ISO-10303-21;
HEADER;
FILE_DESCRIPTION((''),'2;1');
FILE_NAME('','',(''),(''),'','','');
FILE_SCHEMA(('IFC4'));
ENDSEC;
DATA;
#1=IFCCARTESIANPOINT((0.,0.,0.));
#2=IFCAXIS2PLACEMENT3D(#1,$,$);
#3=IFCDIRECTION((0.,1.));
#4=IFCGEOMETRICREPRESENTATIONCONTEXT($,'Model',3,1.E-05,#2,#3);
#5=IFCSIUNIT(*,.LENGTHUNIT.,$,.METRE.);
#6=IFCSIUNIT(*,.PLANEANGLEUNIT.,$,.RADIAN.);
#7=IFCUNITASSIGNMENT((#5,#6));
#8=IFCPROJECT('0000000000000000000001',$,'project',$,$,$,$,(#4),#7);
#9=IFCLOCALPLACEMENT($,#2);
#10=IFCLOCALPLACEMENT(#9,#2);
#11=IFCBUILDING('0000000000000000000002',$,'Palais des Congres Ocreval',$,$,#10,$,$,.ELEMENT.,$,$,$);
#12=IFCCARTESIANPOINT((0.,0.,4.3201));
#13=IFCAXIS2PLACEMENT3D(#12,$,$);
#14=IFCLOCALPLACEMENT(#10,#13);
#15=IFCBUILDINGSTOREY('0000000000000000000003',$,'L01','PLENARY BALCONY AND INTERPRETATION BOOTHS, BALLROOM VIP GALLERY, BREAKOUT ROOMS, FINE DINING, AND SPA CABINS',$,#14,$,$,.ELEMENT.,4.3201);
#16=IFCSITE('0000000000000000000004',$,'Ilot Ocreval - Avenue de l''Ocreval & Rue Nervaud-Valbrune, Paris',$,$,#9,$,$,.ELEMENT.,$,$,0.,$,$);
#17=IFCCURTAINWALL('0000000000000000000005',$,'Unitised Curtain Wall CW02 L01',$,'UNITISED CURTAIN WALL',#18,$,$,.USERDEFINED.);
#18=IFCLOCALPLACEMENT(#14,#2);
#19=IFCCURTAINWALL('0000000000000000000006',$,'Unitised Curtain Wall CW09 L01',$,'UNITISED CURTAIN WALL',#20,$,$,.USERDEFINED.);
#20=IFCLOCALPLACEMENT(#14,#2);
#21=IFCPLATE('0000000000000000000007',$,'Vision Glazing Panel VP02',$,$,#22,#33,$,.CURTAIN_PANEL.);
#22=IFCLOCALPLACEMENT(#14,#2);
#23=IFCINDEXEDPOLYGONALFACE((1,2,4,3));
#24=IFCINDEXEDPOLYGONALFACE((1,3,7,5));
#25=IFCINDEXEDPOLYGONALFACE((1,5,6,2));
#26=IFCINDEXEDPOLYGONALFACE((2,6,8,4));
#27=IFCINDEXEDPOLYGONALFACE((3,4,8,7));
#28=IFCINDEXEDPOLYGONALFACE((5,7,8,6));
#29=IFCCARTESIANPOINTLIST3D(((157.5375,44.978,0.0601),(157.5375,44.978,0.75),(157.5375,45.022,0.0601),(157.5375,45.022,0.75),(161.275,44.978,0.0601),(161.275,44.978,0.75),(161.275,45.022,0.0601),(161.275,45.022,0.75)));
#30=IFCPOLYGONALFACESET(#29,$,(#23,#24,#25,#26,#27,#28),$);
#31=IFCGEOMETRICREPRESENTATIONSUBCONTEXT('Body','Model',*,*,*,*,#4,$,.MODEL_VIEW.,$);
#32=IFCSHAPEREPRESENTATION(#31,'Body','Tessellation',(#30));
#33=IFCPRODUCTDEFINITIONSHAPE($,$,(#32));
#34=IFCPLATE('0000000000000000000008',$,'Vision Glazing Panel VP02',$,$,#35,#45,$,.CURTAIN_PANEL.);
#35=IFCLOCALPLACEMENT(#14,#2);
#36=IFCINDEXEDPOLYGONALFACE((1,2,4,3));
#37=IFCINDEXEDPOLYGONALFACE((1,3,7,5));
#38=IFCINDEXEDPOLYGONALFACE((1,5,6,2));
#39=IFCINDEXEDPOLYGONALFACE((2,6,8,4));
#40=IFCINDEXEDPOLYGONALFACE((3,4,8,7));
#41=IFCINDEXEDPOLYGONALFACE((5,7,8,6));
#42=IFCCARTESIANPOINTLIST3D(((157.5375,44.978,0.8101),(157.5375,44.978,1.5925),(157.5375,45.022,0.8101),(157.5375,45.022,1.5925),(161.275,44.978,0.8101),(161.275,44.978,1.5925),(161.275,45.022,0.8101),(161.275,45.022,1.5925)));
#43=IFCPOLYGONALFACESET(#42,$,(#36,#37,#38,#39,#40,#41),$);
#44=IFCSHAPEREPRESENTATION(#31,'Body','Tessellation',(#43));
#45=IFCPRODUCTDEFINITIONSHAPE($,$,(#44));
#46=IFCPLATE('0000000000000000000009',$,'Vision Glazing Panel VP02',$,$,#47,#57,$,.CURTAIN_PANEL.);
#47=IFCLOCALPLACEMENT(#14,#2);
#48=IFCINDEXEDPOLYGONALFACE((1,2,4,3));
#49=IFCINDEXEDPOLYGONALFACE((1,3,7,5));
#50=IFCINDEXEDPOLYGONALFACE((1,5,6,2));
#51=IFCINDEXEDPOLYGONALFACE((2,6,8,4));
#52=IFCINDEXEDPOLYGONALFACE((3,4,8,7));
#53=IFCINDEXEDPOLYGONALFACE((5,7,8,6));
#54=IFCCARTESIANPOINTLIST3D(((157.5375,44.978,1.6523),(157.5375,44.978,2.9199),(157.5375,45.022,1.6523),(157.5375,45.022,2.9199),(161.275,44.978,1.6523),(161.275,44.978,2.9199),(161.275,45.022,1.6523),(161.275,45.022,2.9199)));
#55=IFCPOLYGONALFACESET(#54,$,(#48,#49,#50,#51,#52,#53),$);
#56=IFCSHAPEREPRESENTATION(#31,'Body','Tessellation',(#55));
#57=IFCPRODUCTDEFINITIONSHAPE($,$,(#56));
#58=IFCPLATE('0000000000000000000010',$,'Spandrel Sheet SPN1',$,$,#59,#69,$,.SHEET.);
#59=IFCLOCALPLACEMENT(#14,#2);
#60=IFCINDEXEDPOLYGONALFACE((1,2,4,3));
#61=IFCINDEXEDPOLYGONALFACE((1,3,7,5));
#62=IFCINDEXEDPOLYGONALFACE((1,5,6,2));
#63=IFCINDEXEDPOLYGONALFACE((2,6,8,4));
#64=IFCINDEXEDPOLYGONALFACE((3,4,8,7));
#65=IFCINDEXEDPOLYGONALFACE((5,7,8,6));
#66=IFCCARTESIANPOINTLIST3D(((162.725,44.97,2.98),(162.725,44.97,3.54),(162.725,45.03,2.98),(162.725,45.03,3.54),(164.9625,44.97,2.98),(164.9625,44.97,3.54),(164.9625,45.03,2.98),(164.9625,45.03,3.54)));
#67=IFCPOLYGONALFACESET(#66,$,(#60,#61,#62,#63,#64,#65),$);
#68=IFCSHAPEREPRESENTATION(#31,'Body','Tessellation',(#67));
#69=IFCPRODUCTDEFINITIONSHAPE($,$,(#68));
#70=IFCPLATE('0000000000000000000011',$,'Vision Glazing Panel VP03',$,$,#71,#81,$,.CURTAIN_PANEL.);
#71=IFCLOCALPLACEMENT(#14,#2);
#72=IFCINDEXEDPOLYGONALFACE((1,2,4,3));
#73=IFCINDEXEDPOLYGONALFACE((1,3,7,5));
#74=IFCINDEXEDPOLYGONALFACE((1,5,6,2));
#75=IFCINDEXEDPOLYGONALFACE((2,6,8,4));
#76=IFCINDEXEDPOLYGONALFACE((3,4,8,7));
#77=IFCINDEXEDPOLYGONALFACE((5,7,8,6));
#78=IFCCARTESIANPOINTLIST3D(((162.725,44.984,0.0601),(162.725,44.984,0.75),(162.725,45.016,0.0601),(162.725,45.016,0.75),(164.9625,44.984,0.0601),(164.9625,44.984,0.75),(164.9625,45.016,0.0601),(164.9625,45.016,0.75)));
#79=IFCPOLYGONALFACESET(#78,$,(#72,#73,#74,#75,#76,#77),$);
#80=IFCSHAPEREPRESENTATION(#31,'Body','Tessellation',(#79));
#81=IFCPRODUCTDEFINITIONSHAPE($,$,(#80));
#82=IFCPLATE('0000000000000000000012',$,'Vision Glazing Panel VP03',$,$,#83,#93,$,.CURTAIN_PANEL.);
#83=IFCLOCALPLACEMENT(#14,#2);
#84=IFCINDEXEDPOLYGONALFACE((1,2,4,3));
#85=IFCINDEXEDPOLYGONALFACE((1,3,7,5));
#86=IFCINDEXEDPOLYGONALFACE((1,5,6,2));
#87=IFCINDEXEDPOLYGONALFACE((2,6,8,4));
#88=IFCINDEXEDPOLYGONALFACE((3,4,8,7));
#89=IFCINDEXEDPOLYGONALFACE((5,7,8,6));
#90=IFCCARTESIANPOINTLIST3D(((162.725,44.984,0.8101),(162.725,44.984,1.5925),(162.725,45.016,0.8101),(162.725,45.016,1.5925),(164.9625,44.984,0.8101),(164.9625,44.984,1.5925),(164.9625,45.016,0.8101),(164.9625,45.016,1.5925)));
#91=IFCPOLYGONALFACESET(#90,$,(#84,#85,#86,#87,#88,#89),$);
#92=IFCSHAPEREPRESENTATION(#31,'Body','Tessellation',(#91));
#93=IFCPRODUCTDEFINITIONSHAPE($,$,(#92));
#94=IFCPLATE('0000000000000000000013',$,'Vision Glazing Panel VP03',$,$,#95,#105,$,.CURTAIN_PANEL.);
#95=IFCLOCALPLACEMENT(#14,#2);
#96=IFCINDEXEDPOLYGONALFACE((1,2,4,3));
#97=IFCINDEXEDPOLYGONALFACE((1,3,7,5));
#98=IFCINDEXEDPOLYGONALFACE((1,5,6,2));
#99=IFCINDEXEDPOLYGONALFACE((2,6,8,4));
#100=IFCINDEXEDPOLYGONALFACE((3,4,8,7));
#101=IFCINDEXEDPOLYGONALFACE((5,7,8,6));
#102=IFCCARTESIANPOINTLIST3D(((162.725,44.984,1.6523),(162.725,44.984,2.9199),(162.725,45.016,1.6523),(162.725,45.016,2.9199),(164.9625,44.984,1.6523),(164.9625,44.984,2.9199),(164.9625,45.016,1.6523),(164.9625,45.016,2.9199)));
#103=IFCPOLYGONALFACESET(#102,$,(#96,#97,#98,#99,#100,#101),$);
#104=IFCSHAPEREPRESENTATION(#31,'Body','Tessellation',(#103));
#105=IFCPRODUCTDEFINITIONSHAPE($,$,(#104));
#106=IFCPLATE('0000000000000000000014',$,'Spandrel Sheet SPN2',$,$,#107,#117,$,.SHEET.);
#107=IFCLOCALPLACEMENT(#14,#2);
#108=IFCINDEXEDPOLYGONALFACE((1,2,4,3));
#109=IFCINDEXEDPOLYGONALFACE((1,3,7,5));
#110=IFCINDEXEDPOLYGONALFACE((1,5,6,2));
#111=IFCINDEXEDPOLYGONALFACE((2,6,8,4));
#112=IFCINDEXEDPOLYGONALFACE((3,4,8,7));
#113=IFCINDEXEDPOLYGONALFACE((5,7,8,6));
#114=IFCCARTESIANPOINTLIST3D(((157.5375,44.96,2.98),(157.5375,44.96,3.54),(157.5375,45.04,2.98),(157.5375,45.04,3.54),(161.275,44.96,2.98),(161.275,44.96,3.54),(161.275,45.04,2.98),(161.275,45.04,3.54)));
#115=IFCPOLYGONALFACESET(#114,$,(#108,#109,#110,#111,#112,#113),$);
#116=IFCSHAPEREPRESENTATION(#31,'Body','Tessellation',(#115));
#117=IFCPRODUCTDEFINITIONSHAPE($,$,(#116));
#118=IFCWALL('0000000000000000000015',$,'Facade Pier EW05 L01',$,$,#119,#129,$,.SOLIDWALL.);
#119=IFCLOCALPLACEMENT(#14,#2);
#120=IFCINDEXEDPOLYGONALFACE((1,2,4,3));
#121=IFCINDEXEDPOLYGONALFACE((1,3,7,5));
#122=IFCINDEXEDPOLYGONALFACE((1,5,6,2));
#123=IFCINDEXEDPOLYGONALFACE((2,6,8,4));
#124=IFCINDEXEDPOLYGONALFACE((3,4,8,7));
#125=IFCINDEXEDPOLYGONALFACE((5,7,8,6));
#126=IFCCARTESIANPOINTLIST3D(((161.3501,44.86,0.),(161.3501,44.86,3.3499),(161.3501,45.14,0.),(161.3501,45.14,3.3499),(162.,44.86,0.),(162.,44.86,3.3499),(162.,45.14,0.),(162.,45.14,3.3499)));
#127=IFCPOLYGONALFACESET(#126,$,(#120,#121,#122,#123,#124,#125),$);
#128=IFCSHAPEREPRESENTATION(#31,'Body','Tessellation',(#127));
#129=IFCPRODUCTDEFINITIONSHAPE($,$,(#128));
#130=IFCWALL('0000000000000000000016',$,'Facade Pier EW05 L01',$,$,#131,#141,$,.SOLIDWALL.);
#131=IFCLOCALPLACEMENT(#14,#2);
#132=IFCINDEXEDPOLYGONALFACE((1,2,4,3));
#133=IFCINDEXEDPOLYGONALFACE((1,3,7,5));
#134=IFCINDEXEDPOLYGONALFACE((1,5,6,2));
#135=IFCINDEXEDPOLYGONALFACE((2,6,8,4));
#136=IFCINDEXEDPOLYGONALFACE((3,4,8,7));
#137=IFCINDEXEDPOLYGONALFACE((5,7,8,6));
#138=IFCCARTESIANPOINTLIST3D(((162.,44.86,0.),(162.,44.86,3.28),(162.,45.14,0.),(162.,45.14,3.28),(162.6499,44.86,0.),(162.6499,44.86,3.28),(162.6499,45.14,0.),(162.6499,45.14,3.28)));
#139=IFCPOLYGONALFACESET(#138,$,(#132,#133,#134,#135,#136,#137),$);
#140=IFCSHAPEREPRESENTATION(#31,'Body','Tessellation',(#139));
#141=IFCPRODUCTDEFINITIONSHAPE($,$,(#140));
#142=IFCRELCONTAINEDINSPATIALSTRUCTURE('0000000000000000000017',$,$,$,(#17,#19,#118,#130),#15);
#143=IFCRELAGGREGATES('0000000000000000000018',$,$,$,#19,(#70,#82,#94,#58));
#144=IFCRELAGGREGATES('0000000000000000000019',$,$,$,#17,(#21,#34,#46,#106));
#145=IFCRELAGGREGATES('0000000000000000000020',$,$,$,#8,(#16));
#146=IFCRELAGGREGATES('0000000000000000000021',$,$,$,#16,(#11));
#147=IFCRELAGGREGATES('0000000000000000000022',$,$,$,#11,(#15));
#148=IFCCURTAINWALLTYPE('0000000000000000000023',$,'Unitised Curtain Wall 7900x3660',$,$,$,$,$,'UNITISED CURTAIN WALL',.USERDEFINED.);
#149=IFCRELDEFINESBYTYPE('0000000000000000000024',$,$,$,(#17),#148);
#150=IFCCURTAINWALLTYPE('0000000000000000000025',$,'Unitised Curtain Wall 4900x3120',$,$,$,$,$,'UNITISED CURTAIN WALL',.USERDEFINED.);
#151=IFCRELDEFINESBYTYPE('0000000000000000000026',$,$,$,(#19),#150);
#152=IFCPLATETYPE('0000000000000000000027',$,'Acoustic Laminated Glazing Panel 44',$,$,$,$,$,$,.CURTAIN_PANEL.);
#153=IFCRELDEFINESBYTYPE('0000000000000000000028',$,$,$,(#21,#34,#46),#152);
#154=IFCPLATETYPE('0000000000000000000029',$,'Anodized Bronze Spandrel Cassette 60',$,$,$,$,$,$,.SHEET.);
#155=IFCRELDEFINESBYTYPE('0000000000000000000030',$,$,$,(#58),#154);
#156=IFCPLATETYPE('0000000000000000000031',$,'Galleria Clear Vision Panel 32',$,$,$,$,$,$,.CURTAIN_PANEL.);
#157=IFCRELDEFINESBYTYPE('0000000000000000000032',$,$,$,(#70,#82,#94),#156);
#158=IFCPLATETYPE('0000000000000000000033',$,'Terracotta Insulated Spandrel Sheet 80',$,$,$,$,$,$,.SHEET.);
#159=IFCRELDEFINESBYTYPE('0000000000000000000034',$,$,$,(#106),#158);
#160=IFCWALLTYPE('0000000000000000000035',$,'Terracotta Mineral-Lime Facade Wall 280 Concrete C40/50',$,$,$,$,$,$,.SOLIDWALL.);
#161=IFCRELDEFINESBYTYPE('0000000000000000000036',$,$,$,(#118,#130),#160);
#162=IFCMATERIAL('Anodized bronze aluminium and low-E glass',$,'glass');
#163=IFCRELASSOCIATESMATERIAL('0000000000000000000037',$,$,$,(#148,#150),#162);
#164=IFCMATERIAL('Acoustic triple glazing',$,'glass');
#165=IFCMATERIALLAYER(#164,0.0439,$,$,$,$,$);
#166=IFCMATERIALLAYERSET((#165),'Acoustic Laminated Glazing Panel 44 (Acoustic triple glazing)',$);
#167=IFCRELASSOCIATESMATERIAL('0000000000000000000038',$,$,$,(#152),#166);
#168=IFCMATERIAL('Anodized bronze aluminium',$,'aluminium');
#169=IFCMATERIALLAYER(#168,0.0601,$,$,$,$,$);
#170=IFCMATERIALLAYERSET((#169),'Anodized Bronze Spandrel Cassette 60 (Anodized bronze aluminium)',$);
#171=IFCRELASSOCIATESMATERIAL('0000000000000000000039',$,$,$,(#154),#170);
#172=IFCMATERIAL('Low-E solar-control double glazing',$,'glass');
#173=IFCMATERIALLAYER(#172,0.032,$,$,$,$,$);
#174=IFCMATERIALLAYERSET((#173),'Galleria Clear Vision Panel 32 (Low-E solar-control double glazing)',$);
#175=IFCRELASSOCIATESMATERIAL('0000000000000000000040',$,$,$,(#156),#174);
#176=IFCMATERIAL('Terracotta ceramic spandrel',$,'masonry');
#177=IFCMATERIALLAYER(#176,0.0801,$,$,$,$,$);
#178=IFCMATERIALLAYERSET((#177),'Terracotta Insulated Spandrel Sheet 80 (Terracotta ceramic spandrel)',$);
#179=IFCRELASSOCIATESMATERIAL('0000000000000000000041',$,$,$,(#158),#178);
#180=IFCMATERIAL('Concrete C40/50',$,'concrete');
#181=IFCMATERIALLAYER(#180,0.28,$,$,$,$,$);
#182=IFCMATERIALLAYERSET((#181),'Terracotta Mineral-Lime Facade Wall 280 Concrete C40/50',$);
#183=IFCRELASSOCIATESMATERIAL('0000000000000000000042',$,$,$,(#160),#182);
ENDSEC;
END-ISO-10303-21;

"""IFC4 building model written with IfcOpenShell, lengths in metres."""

from ifc_helpers import new_model, si_unit, direction, frame, frame_2d, origin, origin_2d, place, context, subcontext, project, spatial, rectangle, extrude, material, layer, layer_set, type_object, element, aggregate, save


model = new_model("IFC4")

# Units and contexts
model_context = context("Model", 3, precision=1e-05, world=origin(), true_north=direction((0.0, 1.0)))
body_context = subcontext(model_context, "Body", "Model", "MODEL_VIEW")
ifc_project = project(units=[si_unit("LENGTHUNIT", "METRE"), si_unit("PLANEANGLEUNIT", "RADIAN")], contexts=[model_context])

# Site, building, storey
site_placement = place(None, origin())
site = spatial("IfcSite", under=ifc_project, at=site_placement, Name="Ilot Ocreval - Avenue de l'Ocreval & Rue Nervaud-Valbrune, Paris", CompositionType="ELEMENT", RefElevation=0.0)
building_placement = place(site_placement, origin())
building = spatial("IfcBuilding", under=site, at=building_placement, Name="Palais des Congres Ocreval", CompositionType="ELEMENT")
storey_placement = place(building_placement, frame((0.0, 0.0, 4.3201)))
storey = spatial("IfcBuildingStorey", under=building, at=storey_placement, Name="L01", Description="PLENARY BALCONY AND INTERPRETATION BOOTHS, BALLROOM VIP GALLERY, BREAKOUT ROOMS, FINE DINING, AND SPA CABINS", CompositionType="ELEMENT", Elevation=4.3201)

# Curtain wall
ifc_material_1 = material(Name="Anodized bronze aluminium and low-E glass", Category="glass")
curtain_wall_type_1 = type_object("IfcCurtainWallType", Name="Unitised Curtain Wall 7900x3660", ElementType="UNITISED CURTAIN WALL", PredefinedType="USERDEFINED", material=ifc_material_1)
curtain_wall_1_placement = place(storey_placement, origin())
curtain_wall_1 = element("IfcCurtainWall", 1, at=curtain_wall_1_placement, inside=storey, type_object=curtain_wall_type_1, Name="Unitised Curtain Wall CW02 L01", ObjectType="UNITISED CURTAIN WALL", PredefinedType="USERDEFINED")
ifc_material_2 = material(Name="Anodized bronze aluminium", Category="aluminium")

# Curtain wall
curtain_wall_type_2 = type_object("IfcCurtainWallType", Name="Unitised Curtain Wall 4900x3120", ElementType="UNITISED CURTAIN WALL", PredefinedType="USERDEFINED", material=ifc_material_1)
curtain_wall_2_placement = place(storey_placement, origin())
curtain_wall_2 = element("IfcCurtainWall", 2, at=curtain_wall_2_placement, inside=storey, type_object=curtain_wall_type_2, Name="Unitised Curtain Wall CW09 L01", ObjectType="UNITISED CURTAIN WALL", PredefinedType="USERDEFINED")

# Plates
ifc_material_3 = material(Name="Acoustic triple glazing", Category="glass")
ifc_layer_1 = layer(ifc_material_3, 0.0439)
ifc_layer_set_1 = layer_set([ifc_layer_1], Name="Acoustic Laminated Glazing Panel 44 (Acoustic triple glazing)")
plate_type_1 = type_object("IfcPlateType", Name="Acoustic Laminated Glazing Panel 44", PredefinedType="CURTAIN_PANEL", material=ifc_layer_set_1)
plate_1_placement = place(storey_placement, frame((159.4062, 45.0, 0.0601), z_axis=(0.0, 0.0, 1.0), x_axis=(1.0, 0.0, 0.0)))
plate_1 = element("IfcPlate", 3, at=plate_1_placement, type_object=plate_type_1, Name="Vision Glazing Panel VP02", PredefinedType="CURTAIN_PANEL", context=body_context, shape_type="SweptSolid", body=[
    extrude(rectangle(XDim=3.7375, YDim=0.0439, at=origin_2d()), origin(), (0.0, 0.0, 1.0), 0.6899),
])
plate_2_placement = place(storey_placement, frame((159.4062, 45.0, 0.8101), z_axis=(0.0, 0.0, 1.0), x_axis=(1.0, 0.0, 0.0)))
plate_2 = element("IfcPlate", 4, at=plate_2_placement, type_object=plate_type_1, Name="Vision Glazing Panel VP02", PredefinedType="CURTAIN_PANEL", context=body_context, shape_type="SweptSolid", body=[
    extrude(rectangle(XDim=3.7375, YDim=0.0439, at=origin_2d()), origin(), (0.0, 0.0, 1.0), 0.7825),
])
plate_3_placement = place(storey_placement, frame((159.4062, 45.0, 1.6523), z_axis=(0.0, 0.0, 1.0), x_axis=(1.0, 0.0, 0.0)))
plate_3 = element("IfcPlate", 5, at=plate_3_placement, type_object=plate_type_1, Name="Vision Glazing Panel VP02", PredefinedType="CURTAIN_PANEL", context=body_context, shape_type="SweptSolid", body=[
    extrude(rectangle(XDim=3.7375, YDim=0.0439, at=origin_2d()), origin(), (0.0, 0.0, 1.0), 1.2676),
])
ifc_layer_2 = layer(ifc_material_2, 0.0601)
ifc_layer_set_2 = layer_set([ifc_layer_2], Name="Anodized Bronze Spandrel Cassette 60 (Anodized bronze aluminium)")
plate_type_2 = type_object("IfcPlateType", Name="Anodized Bronze Spandrel Cassette 60", PredefinedType="SHEET", material=ifc_layer_set_2)
plate_4_placement = place(storey_placement, frame((163.8438, 45.0, 2.98), z_axis=(0.0, 0.0, 1.0), x_axis=(1.0, 0.0, 0.0)))
plate_4 = element("IfcPlate", 6, at=plate_4_placement, type_object=plate_type_2, Name="Spandrel Sheet SPN1", PredefinedType="SHEET", context=body_context, shape_type="SweptSolid", body=[
    extrude(rectangle(XDim=2.2375, YDim=0.0601, at=origin_2d()), origin(), (0.0, 0.0, 1.0), 0.5601),
])
ifc_material_4 = material(Name="Low-E solar-control double glazing", Category="glass")
ifc_layer_3 = layer(ifc_material_4, 0.032)
ifc_layer_set_3 = layer_set([ifc_layer_3], Name="Galleria Clear Vision Panel 32 (Low-E solar-control double glazing)")
plate_type_3 = type_object("IfcPlateType", Name="Galleria Clear Vision Panel 32", PredefinedType="CURTAIN_PANEL", material=ifc_layer_set_3)
plate_5_placement = place(storey_placement, frame((163.8438, 45.0, 0.0601), z_axis=(0.0, 0.0, 1.0), x_axis=(1.0, 0.0, 0.0)))
plate_5 = element("IfcPlate", 7, at=plate_5_placement, type_object=plate_type_3, Name="Vision Glazing Panel VP03", PredefinedType="CURTAIN_PANEL", context=body_context, shape_type="SweptSolid", body=[
    extrude(rectangle(XDim=2.2375, YDim=0.032, at=origin_2d()), origin(), (0.0, 0.0, 1.0), 0.6899),
])
plate_6_placement = place(storey_placement, frame((163.8438, 45.0, 0.8101), z_axis=(0.0, 0.0, 1.0), x_axis=(1.0, 0.0, 0.0)))
plate_6 = element("IfcPlate", 8, at=plate_6_placement, type_object=plate_type_3, Name="Vision Glazing Panel VP03", PredefinedType="CURTAIN_PANEL", context=body_context, shape_type="SweptSolid", body=[
    extrude(rectangle(XDim=2.2375, YDim=0.032, at=origin_2d()), origin(), (0.0, 0.0, 1.0), 0.7825),
])
plate_7_placement = place(storey_placement, frame((163.8438, 45.0, 1.6523), z_axis=(0.0, 0.0, 1.0), x_axis=(1.0, 0.0, 0.0)))
plate_7 = element("IfcPlate", 9, at=plate_7_placement, type_object=plate_type_3, Name="Vision Glazing Panel VP03", PredefinedType="CURTAIN_PANEL", context=body_context, shape_type="SweptSolid", body=[
    extrude(rectangle(XDim=2.2375, YDim=0.032, at=origin_2d()), origin(), (0.0, 0.0, 1.0), 1.2676),
])
aggregate(curtain_wall_2, [plate_5, plate_6, plate_7, plate_4])
ifc_material_5 = material(Name="Terracotta ceramic spandrel", Category="masonry")
ifc_layer_4 = layer(ifc_material_5, 0.0801)
ifc_layer_set_4 = layer_set([ifc_layer_4], Name="Terracotta Insulated Spandrel Sheet 80 (Terracotta ceramic spandrel)")
plate_type_4 = type_object("IfcPlateType", Name="Terracotta Insulated Spandrel Sheet 80", PredefinedType="SHEET", material=ifc_layer_set_4)
plate_8_placement = place(storey_placement, frame((159.4062, 45.0, 2.98), z_axis=(0.0, 0.0, 1.0), x_axis=(1.0, 0.0, 0.0)))
plate_8 = element("IfcPlate", 10, at=plate_8_placement, type_object=plate_type_4, Name="Spandrel Sheet SPN2", PredefinedType="SHEET", context=body_context, shape_type="SweptSolid", body=[
    extrude(rectangle(XDim=3.7375, YDim=0.0801, at=origin_2d()), origin(), (0.0, 0.0, 1.0), 0.5601),
])
aggregate(curtain_wall_1, [plate_1, plate_2, plate_3, plate_8])

# Walls
ifc_material_6 = material(Name="Concrete C40/50", Category="concrete")
ifc_layer_5 = layer(ifc_material_6, 0.28)
ifc_layer_set_5 = layer_set([ifc_layer_5], Name="Terracotta Mineral-Lime Facade Wall 280 Concrete C40/50")
wall_type = type_object("IfcWallType", Name="Terracotta Mineral-Lime Facade Wall 280 Concrete C40/50", PredefinedType="SOLIDWALL", material=ifc_layer_set_5)
wall_1_placement = place(storey_placement, frame((161.3501, 45.0, 0.0), z_axis=(0.0, 0.0, 1.0), x_axis=(1.0, 0.0, 0.0)))
element("IfcWall", 11, at=wall_1_placement, inside=storey, type_object=wall_type, Name="Facade Pier EW05 L01", PredefinedType="SOLIDWALL", context=body_context, shape_type="SweptSolid", body=[
    extrude(rectangle(XDim=0.6499, YDim=0.28, at=frame_2d((0.325, 0.0))), origin(), (0.0, 0.0, 1.0), 3.3499),
])
wall_2_placement = place(storey_placement, frame((162.0, 45.0, 0.0), z_axis=(0.0, 0.0, 1.0), x_axis=(1.0, 0.0, 0.0)))
element("IfcWall", 12, at=wall_2_placement, inside=storey, type_object=wall_type, Name="Facade Pier EW05 L01", PredefinedType="SOLIDWALL", context=body_context, shape_type="SweptSolid", body=[
    extrude(rectangle(XDim=0.6499, YDim=0.28, at=frame_2d((0.325, 0.0))), origin(), (0.0, 0.0, 1.0), 3.28),
])

save(model, "model.ifc")
